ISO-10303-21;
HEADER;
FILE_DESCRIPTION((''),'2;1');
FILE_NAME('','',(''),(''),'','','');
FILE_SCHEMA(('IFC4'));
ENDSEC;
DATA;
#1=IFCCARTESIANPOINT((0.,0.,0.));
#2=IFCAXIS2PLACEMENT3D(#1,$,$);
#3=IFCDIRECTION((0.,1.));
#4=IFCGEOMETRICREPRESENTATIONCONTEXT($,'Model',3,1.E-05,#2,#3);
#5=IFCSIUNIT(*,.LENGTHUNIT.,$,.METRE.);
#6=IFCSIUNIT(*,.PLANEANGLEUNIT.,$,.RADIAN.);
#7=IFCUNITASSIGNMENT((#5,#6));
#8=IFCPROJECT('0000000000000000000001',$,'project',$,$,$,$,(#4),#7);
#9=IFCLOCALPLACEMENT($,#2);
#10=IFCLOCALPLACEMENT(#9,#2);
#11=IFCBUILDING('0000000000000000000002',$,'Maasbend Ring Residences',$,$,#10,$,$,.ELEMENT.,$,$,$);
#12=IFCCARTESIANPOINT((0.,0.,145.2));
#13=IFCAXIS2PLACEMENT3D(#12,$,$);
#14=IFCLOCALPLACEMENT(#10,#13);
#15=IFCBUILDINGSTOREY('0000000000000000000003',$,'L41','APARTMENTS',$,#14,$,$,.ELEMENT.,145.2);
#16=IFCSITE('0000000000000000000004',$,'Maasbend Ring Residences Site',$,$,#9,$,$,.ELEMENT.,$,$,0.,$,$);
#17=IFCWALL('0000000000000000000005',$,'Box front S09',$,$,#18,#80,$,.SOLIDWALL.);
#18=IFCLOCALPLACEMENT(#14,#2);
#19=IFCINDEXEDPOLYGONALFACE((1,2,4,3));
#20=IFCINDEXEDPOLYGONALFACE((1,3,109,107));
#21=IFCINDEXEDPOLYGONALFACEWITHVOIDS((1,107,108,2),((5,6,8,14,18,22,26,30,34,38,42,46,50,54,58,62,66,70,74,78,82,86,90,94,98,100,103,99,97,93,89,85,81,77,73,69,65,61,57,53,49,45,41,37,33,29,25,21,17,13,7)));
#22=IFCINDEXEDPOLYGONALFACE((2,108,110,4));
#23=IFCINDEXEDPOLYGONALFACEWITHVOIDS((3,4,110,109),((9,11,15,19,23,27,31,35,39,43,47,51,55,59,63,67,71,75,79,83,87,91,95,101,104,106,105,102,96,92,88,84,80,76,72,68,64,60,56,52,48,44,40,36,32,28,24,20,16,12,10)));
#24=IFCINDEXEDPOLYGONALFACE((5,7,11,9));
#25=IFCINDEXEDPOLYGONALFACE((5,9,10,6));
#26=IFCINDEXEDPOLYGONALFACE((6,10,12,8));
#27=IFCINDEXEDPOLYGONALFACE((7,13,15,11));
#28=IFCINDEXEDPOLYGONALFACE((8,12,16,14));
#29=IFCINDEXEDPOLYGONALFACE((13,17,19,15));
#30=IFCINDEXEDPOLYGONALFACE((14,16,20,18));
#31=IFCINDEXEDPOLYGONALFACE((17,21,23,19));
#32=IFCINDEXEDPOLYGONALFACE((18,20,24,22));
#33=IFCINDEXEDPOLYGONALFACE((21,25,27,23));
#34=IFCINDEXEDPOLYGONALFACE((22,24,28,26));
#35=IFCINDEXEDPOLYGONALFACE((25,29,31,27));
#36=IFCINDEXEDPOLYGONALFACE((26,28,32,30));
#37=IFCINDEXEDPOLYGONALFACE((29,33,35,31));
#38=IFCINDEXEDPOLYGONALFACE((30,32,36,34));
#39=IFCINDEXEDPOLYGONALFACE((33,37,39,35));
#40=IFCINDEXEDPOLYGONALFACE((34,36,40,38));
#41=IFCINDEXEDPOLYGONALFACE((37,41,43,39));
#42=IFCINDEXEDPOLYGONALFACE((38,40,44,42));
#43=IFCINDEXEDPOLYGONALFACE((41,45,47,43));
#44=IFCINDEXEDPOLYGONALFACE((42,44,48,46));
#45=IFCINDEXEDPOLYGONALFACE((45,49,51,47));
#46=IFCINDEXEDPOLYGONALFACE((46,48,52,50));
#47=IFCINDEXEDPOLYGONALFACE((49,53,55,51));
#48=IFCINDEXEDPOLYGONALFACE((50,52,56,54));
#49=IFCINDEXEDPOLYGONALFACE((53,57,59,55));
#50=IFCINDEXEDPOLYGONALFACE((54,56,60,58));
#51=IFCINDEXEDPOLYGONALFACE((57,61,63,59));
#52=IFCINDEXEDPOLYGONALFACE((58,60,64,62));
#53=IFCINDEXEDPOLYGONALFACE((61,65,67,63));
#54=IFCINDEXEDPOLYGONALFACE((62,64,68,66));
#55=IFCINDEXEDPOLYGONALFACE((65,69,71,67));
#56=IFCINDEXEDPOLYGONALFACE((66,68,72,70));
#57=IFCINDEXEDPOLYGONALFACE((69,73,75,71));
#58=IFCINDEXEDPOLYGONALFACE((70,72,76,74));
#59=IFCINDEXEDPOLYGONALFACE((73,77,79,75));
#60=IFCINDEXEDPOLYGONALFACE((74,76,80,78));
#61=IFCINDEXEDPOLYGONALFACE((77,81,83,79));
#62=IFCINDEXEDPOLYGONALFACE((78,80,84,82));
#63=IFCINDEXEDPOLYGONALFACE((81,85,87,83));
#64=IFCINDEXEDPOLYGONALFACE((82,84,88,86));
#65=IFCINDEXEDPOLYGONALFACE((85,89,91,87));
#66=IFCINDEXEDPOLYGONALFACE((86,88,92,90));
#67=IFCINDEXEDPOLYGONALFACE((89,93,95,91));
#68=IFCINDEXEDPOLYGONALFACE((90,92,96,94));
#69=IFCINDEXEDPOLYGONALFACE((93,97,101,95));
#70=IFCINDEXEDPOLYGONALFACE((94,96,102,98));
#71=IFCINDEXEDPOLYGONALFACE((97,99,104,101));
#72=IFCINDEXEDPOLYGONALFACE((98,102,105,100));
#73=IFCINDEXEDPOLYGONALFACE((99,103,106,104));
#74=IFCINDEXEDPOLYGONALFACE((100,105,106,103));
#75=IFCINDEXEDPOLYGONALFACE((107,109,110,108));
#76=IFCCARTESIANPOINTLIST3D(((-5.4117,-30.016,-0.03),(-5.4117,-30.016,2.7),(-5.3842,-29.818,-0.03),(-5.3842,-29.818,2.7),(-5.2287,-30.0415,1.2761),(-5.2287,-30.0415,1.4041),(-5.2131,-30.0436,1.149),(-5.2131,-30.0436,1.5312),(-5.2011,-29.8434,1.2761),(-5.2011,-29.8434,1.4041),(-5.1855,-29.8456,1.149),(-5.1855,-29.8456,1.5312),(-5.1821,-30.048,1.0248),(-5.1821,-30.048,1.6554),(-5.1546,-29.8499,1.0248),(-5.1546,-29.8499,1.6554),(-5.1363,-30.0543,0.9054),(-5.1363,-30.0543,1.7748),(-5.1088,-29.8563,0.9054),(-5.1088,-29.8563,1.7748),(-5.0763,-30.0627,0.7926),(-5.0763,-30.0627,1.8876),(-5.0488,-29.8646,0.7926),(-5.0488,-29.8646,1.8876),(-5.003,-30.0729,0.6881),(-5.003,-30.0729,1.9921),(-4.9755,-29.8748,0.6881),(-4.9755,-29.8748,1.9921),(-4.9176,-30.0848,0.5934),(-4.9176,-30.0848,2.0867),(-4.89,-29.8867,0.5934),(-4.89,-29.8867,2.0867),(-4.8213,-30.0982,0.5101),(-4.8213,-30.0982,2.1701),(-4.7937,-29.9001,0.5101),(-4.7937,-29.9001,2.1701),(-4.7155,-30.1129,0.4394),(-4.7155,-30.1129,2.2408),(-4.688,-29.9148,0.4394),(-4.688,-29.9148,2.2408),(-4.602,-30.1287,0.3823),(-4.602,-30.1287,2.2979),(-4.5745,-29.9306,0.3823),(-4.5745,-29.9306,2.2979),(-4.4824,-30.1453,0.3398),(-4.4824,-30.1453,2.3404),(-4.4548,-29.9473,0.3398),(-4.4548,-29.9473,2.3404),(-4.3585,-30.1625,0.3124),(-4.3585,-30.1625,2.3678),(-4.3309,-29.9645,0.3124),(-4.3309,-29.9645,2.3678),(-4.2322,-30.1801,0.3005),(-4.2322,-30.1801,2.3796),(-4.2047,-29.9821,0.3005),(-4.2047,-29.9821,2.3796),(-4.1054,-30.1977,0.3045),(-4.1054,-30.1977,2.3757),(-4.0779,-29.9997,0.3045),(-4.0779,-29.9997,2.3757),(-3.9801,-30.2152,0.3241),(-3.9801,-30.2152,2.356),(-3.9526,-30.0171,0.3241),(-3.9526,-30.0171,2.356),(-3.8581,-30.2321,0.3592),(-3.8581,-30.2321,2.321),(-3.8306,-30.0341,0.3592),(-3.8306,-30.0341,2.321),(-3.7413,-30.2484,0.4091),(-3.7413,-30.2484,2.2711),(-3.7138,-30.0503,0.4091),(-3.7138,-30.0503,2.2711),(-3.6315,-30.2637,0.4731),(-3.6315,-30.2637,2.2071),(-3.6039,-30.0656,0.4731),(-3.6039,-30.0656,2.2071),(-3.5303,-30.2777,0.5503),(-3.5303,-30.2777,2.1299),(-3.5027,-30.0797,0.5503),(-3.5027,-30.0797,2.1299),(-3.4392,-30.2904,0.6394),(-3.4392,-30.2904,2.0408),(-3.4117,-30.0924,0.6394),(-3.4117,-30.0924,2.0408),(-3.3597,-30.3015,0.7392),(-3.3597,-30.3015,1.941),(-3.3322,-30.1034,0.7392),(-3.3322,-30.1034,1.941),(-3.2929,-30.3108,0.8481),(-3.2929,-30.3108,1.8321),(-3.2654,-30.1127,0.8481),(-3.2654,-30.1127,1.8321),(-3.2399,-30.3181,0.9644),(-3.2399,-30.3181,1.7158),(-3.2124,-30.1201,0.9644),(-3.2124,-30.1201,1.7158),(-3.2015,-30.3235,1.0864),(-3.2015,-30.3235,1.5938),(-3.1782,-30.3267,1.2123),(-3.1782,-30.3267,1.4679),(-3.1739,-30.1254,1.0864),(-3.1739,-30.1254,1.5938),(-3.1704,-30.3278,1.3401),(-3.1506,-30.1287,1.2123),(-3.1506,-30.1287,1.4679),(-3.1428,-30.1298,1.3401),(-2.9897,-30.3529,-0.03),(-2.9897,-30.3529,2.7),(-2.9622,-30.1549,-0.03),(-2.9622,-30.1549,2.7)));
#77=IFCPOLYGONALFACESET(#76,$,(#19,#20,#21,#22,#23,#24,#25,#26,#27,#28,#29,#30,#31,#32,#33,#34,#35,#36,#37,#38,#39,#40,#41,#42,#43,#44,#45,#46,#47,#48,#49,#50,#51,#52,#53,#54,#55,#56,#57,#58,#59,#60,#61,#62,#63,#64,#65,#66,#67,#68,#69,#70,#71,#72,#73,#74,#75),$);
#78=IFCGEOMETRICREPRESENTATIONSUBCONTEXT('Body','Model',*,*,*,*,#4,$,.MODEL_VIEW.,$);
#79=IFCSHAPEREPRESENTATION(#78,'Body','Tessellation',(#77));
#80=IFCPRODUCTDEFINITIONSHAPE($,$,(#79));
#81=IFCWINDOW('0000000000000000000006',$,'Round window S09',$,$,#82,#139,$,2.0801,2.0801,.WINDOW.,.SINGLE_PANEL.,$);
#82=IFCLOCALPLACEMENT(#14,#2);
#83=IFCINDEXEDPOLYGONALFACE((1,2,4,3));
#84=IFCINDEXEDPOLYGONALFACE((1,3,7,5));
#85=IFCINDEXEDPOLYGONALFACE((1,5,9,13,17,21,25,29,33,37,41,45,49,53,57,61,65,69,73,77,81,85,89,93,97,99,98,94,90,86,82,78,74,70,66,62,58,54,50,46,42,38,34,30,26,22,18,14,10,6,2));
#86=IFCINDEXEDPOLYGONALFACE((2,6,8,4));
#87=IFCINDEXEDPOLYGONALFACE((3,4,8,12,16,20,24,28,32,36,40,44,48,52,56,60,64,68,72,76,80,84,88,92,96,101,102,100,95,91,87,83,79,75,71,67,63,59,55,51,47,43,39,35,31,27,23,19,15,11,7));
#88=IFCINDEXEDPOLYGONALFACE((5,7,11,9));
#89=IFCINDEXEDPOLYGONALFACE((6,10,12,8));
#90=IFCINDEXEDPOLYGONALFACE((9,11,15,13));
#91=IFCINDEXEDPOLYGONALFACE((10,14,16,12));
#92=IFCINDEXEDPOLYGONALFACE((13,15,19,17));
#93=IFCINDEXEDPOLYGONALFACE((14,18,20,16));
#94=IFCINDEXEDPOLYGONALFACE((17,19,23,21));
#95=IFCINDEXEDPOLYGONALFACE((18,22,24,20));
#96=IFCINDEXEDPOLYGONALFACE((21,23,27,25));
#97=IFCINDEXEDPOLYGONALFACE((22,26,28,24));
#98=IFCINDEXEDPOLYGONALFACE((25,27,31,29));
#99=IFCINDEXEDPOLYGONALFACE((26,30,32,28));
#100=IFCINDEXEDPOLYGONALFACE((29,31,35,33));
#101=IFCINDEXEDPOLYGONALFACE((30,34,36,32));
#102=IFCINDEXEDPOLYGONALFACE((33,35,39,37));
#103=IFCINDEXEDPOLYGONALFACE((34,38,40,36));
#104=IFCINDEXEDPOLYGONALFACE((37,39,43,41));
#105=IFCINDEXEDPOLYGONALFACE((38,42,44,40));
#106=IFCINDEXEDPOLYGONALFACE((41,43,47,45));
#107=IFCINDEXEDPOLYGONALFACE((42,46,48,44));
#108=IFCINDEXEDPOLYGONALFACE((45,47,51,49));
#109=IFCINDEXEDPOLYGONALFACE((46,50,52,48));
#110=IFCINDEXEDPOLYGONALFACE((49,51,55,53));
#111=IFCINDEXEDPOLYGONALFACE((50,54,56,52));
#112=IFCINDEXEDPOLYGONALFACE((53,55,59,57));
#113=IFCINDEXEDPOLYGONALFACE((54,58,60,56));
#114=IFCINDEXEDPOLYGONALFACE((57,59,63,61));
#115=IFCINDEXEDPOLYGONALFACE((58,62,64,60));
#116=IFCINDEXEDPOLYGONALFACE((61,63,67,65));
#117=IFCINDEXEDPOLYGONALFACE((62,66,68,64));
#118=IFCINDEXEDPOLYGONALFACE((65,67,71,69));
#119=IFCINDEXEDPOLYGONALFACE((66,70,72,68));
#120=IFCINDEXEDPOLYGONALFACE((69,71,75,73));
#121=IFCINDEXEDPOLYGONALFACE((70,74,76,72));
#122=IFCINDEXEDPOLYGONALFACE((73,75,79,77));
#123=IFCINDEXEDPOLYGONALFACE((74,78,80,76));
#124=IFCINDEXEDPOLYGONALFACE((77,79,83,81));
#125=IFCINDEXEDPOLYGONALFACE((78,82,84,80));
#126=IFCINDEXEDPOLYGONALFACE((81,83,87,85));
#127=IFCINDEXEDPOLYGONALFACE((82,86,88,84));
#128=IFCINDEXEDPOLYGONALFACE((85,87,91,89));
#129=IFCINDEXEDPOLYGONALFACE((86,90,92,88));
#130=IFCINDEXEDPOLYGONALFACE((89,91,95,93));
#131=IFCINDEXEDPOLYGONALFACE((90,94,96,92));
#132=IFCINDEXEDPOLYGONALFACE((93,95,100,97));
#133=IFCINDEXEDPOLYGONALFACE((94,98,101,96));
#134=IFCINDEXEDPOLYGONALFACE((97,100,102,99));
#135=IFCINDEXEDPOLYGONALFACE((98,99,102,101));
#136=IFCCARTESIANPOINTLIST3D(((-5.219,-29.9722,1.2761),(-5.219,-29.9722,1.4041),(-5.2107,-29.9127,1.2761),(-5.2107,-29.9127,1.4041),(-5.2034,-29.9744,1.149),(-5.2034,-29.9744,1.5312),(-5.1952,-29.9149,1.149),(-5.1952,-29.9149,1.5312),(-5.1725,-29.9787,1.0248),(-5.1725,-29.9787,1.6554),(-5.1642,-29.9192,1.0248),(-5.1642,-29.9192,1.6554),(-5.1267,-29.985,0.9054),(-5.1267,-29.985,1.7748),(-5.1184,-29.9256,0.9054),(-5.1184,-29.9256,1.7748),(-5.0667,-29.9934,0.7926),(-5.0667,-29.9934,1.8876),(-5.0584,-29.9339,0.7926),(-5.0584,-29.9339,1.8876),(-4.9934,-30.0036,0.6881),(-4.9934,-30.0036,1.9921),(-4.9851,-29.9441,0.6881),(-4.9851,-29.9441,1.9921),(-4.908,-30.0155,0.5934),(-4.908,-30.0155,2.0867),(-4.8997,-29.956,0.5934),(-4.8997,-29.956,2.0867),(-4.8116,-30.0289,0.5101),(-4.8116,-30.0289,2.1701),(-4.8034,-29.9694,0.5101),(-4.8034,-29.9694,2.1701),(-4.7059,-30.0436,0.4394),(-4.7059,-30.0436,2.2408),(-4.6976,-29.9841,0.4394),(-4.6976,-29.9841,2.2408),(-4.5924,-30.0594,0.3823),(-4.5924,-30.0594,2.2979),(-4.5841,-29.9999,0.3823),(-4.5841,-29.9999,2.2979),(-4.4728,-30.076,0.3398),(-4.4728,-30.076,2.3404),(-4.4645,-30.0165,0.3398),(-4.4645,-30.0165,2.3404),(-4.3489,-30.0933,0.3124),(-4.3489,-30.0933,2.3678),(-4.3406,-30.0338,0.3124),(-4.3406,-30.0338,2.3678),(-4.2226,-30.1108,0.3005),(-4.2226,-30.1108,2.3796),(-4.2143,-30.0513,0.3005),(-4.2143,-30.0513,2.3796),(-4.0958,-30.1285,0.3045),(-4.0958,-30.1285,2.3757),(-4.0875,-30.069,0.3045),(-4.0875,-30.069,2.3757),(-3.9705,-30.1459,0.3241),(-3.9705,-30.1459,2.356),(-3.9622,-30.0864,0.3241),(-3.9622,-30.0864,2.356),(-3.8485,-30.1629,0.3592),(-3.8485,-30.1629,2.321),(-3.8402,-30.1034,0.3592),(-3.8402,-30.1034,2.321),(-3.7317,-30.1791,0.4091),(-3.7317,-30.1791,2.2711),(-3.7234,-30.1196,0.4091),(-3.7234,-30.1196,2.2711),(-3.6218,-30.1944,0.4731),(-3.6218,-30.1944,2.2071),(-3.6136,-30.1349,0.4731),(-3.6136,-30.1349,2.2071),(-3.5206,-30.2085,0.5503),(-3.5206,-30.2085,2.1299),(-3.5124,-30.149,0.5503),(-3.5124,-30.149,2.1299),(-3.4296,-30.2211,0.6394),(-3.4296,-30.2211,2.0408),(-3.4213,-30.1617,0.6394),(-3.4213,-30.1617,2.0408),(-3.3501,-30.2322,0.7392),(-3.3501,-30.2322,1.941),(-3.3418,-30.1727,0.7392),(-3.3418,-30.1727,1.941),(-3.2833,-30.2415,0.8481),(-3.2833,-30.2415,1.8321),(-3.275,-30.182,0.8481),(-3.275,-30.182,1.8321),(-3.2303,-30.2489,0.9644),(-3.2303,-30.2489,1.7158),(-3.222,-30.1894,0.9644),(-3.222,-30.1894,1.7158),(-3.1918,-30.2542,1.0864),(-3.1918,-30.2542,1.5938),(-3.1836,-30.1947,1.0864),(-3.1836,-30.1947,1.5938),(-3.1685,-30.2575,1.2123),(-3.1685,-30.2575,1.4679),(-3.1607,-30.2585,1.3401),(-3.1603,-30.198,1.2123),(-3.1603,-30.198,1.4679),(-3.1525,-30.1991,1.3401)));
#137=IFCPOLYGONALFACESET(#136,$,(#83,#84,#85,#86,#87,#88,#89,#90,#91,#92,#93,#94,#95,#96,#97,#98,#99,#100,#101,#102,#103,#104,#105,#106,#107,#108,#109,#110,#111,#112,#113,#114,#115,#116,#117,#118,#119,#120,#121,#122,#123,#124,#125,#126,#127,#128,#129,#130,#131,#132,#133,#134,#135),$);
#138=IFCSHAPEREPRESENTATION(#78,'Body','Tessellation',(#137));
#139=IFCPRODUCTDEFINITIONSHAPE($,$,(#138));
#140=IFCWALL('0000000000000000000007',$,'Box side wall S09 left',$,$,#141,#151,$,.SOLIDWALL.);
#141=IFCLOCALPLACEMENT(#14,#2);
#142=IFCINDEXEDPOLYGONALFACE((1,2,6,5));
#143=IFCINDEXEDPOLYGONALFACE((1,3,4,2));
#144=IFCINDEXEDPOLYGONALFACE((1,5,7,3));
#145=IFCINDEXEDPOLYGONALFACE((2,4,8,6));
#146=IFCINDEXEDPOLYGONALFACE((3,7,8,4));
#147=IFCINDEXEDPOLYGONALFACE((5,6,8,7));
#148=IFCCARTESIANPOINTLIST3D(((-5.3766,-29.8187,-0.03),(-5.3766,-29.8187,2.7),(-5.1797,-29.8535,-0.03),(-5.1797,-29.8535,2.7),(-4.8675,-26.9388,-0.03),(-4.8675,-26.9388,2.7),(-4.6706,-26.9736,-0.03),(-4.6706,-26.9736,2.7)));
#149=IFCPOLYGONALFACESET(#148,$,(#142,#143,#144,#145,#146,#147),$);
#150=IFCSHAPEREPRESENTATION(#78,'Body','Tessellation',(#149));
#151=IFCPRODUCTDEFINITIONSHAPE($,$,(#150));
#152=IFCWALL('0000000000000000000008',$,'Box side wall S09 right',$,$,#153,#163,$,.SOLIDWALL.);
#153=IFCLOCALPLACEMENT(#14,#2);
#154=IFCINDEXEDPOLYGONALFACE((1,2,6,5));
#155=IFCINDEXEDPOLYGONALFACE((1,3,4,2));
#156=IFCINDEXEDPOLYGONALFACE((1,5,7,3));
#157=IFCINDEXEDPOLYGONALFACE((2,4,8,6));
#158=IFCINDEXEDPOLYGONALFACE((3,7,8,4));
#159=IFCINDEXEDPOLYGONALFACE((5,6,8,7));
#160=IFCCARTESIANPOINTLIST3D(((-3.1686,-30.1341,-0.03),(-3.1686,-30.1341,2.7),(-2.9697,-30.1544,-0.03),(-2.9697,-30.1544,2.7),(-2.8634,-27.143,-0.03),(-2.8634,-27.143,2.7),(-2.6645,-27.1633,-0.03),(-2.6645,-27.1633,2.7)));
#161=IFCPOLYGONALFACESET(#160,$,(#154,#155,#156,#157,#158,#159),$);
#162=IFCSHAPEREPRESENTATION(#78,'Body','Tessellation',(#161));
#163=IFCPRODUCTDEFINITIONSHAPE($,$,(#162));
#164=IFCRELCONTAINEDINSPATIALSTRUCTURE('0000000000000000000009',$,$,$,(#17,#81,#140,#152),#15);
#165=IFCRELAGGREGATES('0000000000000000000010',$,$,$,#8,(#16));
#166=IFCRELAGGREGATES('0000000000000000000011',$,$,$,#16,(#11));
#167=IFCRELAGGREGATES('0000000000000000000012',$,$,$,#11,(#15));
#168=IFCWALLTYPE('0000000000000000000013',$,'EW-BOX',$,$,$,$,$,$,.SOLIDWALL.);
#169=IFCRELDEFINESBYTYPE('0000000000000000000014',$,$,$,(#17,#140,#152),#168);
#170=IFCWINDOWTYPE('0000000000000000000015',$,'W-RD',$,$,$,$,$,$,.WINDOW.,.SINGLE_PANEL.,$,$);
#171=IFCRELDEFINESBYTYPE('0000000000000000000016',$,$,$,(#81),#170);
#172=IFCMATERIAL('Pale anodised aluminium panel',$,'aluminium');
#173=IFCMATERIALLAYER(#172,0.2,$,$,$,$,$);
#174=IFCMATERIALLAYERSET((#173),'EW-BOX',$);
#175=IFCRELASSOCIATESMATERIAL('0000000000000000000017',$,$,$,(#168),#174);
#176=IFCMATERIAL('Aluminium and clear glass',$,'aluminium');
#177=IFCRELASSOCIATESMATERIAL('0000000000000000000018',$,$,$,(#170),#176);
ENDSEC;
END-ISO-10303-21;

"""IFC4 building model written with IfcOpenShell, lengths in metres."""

from ifc_helpers import new_model, si_unit, direction, frame, frame_2d, origin, place, context, subcontext, project, spatial, rectangle, circle, extrude, material, layer, layer_set, type_object, element, fill, save


model = new_model("IFC4")

# Units and contexts
model_context = context("Model", 3, precision=1e-05, world=origin(), true_north=direction((0.0, 1.0)))
body_context = subcontext(model_context, "Body", "Model", "MODEL_VIEW")
ifc_project = project(units=[si_unit("LENGTHUNIT", "METRE"), si_unit("PLANEANGLEUNIT", "RADIAN")], contexts=[model_context])

# Site, building, storey
site_placement = place(None, origin())
site = spatial("IfcSite", under=ifc_project, at=site_placement, Name="Maasbend Ring Residences Site", CompositionType="ELEMENT", RefElevation=0.0)
building_placement = place(site_placement, origin())
building = spatial("IfcBuilding", under=site, at=building_placement, Name="Maasbend Ring Residences", CompositionType="ELEMENT")
storey_placement = place(building_placement, frame((0.0, 0.0, 145.2)))
storey = spatial("IfcBuildingStorey", under=building, at=storey_placement, Name="L41", Description="APARTMENTS", CompositionType="ELEMENT", Elevation=145.2)

# Shared definitions
ifc_material_1 = material(Name="Pale anodised aluminium panel", Category="aluminium")
ifc_layer_1 = layer(ifc_material_1, 0.2)
ifc_layer_set_1 = layer_set([ifc_layer_1], Name="EW-BOX")
wall_type_1 = type_object("IfcWallType", Name="EW-BOX", PredefinedType="SOLIDWALL", material=ifc_layer_set_1)
ifc_material_2 = material(Name="Aluminium and clear glass", Category="aluminium")
window_type_1 = type_object("IfcWindowType", Name="W-RD", PartitioningType="SINGLE_PANEL", PredefinedType="WINDOW", material=ifc_material_2)

# Wall, opening, window
wall_1_placement = place(storey_placement, frame((-5.3979, -29.917, -0.03), z_axis=(0.0, 0.0, 1.0), x_axis=(0.990462, -0.137786, 0.0)))
wall_1 = element("IfcWall", 1, at=wall_1_placement, inside=storey, type_object=wall_type_1, Name="Box front S09", PredefinedType="SOLIDWALL", context=body_context, shape_type="SweptSolid", body=[
    extrude(rectangle(XDim=2.4453, YDim=0.2, at=frame_2d((1.2227, 0.0))), origin(), (0.0, 0.0, 1.0), 2.73),
])
opening_1_placement = place(wall_1_placement, frame((0.1829, 0.0, 0.3301)))
opening_1 = element("IfcOpeningElement", 2, at=opening_1_placement, cuts=wall_1, PredefinedType="OPENING", context=body_context, shape_type="SweptSolid", body=[
    extrude(circle(Radius=1.04, at=frame_2d((1.04, 1.04))), frame((0.0, 0.1099, 0.0), z_axis=(0.0, -1.0, 0.0), x_axis=(1.0, 0.0, 0.0)), (0.0, 0.0, 1.0), 0.22),
])
window_1_placement = place(opening_1_placement, origin())
window_1 = element("IfcWindow", 3, at=window_1_placement, inside=storey, type_object=window_type_1, Name="Round window S09", OverallHeight=2.0801, OverallWidth=2.0801, PartitioningType="SINGLE_PANEL", PredefinedType="WINDOW", context=body_context, shape_type="SweptSolid", body=[
    extrude(circle(Radius=1.04, at=frame_2d((1.04, 1.04))), frame((0.0, 0.03, 0.0), z_axis=(0.0, -1.0, 0.0), x_axis=(1.0, 0.0, 0.0)), (0.0, 0.0, 1.0), 0.0601),
])
fill(opening_1, window_1)

# Walls
wall_2_placement = place(storey_placement, frame((-4.769, -26.9561, -0.03), z_axis=(0.0, 0.0, 1.0), x_axis=(-0.174057, -0.984736, 0.0)))
element("IfcWall", 4, at=wall_2_placement, inside=storey, type_object=wall_type_1, Name="Box side wall S09 left", PredefinedType="SOLIDWALL", context=body_context, shape_type="SweptSolid", body=[
    extrude(rectangle(XDim=2.9246, YDim=0.2, at=frame_2d((1.4624, 0.0))), origin(), (0.0, 0.0, 1.0), 2.73),
])
wall_3_placement = place(storey_placement, frame((-2.7639, -27.1531, -0.03), z_axis=(0.0, 0.0, 1.0), x_axis=(-0.101505, -0.994835, 0.0)))
element("IfcWall", 5, at=wall_3_placement, inside=storey, type_object=wall_type_1, Name="Box side wall S09 right", PredefinedType="SOLIDWALL", context=body_context, shape_type="SweptSolid", body=[
    extrude(rectangle(XDim=3.0066, YDim=0.2, at=frame_2d((1.5034, 0.0))), origin(), (0.0, 0.0, 1.0), 2.73),
])

save(model, "model.ifc")
